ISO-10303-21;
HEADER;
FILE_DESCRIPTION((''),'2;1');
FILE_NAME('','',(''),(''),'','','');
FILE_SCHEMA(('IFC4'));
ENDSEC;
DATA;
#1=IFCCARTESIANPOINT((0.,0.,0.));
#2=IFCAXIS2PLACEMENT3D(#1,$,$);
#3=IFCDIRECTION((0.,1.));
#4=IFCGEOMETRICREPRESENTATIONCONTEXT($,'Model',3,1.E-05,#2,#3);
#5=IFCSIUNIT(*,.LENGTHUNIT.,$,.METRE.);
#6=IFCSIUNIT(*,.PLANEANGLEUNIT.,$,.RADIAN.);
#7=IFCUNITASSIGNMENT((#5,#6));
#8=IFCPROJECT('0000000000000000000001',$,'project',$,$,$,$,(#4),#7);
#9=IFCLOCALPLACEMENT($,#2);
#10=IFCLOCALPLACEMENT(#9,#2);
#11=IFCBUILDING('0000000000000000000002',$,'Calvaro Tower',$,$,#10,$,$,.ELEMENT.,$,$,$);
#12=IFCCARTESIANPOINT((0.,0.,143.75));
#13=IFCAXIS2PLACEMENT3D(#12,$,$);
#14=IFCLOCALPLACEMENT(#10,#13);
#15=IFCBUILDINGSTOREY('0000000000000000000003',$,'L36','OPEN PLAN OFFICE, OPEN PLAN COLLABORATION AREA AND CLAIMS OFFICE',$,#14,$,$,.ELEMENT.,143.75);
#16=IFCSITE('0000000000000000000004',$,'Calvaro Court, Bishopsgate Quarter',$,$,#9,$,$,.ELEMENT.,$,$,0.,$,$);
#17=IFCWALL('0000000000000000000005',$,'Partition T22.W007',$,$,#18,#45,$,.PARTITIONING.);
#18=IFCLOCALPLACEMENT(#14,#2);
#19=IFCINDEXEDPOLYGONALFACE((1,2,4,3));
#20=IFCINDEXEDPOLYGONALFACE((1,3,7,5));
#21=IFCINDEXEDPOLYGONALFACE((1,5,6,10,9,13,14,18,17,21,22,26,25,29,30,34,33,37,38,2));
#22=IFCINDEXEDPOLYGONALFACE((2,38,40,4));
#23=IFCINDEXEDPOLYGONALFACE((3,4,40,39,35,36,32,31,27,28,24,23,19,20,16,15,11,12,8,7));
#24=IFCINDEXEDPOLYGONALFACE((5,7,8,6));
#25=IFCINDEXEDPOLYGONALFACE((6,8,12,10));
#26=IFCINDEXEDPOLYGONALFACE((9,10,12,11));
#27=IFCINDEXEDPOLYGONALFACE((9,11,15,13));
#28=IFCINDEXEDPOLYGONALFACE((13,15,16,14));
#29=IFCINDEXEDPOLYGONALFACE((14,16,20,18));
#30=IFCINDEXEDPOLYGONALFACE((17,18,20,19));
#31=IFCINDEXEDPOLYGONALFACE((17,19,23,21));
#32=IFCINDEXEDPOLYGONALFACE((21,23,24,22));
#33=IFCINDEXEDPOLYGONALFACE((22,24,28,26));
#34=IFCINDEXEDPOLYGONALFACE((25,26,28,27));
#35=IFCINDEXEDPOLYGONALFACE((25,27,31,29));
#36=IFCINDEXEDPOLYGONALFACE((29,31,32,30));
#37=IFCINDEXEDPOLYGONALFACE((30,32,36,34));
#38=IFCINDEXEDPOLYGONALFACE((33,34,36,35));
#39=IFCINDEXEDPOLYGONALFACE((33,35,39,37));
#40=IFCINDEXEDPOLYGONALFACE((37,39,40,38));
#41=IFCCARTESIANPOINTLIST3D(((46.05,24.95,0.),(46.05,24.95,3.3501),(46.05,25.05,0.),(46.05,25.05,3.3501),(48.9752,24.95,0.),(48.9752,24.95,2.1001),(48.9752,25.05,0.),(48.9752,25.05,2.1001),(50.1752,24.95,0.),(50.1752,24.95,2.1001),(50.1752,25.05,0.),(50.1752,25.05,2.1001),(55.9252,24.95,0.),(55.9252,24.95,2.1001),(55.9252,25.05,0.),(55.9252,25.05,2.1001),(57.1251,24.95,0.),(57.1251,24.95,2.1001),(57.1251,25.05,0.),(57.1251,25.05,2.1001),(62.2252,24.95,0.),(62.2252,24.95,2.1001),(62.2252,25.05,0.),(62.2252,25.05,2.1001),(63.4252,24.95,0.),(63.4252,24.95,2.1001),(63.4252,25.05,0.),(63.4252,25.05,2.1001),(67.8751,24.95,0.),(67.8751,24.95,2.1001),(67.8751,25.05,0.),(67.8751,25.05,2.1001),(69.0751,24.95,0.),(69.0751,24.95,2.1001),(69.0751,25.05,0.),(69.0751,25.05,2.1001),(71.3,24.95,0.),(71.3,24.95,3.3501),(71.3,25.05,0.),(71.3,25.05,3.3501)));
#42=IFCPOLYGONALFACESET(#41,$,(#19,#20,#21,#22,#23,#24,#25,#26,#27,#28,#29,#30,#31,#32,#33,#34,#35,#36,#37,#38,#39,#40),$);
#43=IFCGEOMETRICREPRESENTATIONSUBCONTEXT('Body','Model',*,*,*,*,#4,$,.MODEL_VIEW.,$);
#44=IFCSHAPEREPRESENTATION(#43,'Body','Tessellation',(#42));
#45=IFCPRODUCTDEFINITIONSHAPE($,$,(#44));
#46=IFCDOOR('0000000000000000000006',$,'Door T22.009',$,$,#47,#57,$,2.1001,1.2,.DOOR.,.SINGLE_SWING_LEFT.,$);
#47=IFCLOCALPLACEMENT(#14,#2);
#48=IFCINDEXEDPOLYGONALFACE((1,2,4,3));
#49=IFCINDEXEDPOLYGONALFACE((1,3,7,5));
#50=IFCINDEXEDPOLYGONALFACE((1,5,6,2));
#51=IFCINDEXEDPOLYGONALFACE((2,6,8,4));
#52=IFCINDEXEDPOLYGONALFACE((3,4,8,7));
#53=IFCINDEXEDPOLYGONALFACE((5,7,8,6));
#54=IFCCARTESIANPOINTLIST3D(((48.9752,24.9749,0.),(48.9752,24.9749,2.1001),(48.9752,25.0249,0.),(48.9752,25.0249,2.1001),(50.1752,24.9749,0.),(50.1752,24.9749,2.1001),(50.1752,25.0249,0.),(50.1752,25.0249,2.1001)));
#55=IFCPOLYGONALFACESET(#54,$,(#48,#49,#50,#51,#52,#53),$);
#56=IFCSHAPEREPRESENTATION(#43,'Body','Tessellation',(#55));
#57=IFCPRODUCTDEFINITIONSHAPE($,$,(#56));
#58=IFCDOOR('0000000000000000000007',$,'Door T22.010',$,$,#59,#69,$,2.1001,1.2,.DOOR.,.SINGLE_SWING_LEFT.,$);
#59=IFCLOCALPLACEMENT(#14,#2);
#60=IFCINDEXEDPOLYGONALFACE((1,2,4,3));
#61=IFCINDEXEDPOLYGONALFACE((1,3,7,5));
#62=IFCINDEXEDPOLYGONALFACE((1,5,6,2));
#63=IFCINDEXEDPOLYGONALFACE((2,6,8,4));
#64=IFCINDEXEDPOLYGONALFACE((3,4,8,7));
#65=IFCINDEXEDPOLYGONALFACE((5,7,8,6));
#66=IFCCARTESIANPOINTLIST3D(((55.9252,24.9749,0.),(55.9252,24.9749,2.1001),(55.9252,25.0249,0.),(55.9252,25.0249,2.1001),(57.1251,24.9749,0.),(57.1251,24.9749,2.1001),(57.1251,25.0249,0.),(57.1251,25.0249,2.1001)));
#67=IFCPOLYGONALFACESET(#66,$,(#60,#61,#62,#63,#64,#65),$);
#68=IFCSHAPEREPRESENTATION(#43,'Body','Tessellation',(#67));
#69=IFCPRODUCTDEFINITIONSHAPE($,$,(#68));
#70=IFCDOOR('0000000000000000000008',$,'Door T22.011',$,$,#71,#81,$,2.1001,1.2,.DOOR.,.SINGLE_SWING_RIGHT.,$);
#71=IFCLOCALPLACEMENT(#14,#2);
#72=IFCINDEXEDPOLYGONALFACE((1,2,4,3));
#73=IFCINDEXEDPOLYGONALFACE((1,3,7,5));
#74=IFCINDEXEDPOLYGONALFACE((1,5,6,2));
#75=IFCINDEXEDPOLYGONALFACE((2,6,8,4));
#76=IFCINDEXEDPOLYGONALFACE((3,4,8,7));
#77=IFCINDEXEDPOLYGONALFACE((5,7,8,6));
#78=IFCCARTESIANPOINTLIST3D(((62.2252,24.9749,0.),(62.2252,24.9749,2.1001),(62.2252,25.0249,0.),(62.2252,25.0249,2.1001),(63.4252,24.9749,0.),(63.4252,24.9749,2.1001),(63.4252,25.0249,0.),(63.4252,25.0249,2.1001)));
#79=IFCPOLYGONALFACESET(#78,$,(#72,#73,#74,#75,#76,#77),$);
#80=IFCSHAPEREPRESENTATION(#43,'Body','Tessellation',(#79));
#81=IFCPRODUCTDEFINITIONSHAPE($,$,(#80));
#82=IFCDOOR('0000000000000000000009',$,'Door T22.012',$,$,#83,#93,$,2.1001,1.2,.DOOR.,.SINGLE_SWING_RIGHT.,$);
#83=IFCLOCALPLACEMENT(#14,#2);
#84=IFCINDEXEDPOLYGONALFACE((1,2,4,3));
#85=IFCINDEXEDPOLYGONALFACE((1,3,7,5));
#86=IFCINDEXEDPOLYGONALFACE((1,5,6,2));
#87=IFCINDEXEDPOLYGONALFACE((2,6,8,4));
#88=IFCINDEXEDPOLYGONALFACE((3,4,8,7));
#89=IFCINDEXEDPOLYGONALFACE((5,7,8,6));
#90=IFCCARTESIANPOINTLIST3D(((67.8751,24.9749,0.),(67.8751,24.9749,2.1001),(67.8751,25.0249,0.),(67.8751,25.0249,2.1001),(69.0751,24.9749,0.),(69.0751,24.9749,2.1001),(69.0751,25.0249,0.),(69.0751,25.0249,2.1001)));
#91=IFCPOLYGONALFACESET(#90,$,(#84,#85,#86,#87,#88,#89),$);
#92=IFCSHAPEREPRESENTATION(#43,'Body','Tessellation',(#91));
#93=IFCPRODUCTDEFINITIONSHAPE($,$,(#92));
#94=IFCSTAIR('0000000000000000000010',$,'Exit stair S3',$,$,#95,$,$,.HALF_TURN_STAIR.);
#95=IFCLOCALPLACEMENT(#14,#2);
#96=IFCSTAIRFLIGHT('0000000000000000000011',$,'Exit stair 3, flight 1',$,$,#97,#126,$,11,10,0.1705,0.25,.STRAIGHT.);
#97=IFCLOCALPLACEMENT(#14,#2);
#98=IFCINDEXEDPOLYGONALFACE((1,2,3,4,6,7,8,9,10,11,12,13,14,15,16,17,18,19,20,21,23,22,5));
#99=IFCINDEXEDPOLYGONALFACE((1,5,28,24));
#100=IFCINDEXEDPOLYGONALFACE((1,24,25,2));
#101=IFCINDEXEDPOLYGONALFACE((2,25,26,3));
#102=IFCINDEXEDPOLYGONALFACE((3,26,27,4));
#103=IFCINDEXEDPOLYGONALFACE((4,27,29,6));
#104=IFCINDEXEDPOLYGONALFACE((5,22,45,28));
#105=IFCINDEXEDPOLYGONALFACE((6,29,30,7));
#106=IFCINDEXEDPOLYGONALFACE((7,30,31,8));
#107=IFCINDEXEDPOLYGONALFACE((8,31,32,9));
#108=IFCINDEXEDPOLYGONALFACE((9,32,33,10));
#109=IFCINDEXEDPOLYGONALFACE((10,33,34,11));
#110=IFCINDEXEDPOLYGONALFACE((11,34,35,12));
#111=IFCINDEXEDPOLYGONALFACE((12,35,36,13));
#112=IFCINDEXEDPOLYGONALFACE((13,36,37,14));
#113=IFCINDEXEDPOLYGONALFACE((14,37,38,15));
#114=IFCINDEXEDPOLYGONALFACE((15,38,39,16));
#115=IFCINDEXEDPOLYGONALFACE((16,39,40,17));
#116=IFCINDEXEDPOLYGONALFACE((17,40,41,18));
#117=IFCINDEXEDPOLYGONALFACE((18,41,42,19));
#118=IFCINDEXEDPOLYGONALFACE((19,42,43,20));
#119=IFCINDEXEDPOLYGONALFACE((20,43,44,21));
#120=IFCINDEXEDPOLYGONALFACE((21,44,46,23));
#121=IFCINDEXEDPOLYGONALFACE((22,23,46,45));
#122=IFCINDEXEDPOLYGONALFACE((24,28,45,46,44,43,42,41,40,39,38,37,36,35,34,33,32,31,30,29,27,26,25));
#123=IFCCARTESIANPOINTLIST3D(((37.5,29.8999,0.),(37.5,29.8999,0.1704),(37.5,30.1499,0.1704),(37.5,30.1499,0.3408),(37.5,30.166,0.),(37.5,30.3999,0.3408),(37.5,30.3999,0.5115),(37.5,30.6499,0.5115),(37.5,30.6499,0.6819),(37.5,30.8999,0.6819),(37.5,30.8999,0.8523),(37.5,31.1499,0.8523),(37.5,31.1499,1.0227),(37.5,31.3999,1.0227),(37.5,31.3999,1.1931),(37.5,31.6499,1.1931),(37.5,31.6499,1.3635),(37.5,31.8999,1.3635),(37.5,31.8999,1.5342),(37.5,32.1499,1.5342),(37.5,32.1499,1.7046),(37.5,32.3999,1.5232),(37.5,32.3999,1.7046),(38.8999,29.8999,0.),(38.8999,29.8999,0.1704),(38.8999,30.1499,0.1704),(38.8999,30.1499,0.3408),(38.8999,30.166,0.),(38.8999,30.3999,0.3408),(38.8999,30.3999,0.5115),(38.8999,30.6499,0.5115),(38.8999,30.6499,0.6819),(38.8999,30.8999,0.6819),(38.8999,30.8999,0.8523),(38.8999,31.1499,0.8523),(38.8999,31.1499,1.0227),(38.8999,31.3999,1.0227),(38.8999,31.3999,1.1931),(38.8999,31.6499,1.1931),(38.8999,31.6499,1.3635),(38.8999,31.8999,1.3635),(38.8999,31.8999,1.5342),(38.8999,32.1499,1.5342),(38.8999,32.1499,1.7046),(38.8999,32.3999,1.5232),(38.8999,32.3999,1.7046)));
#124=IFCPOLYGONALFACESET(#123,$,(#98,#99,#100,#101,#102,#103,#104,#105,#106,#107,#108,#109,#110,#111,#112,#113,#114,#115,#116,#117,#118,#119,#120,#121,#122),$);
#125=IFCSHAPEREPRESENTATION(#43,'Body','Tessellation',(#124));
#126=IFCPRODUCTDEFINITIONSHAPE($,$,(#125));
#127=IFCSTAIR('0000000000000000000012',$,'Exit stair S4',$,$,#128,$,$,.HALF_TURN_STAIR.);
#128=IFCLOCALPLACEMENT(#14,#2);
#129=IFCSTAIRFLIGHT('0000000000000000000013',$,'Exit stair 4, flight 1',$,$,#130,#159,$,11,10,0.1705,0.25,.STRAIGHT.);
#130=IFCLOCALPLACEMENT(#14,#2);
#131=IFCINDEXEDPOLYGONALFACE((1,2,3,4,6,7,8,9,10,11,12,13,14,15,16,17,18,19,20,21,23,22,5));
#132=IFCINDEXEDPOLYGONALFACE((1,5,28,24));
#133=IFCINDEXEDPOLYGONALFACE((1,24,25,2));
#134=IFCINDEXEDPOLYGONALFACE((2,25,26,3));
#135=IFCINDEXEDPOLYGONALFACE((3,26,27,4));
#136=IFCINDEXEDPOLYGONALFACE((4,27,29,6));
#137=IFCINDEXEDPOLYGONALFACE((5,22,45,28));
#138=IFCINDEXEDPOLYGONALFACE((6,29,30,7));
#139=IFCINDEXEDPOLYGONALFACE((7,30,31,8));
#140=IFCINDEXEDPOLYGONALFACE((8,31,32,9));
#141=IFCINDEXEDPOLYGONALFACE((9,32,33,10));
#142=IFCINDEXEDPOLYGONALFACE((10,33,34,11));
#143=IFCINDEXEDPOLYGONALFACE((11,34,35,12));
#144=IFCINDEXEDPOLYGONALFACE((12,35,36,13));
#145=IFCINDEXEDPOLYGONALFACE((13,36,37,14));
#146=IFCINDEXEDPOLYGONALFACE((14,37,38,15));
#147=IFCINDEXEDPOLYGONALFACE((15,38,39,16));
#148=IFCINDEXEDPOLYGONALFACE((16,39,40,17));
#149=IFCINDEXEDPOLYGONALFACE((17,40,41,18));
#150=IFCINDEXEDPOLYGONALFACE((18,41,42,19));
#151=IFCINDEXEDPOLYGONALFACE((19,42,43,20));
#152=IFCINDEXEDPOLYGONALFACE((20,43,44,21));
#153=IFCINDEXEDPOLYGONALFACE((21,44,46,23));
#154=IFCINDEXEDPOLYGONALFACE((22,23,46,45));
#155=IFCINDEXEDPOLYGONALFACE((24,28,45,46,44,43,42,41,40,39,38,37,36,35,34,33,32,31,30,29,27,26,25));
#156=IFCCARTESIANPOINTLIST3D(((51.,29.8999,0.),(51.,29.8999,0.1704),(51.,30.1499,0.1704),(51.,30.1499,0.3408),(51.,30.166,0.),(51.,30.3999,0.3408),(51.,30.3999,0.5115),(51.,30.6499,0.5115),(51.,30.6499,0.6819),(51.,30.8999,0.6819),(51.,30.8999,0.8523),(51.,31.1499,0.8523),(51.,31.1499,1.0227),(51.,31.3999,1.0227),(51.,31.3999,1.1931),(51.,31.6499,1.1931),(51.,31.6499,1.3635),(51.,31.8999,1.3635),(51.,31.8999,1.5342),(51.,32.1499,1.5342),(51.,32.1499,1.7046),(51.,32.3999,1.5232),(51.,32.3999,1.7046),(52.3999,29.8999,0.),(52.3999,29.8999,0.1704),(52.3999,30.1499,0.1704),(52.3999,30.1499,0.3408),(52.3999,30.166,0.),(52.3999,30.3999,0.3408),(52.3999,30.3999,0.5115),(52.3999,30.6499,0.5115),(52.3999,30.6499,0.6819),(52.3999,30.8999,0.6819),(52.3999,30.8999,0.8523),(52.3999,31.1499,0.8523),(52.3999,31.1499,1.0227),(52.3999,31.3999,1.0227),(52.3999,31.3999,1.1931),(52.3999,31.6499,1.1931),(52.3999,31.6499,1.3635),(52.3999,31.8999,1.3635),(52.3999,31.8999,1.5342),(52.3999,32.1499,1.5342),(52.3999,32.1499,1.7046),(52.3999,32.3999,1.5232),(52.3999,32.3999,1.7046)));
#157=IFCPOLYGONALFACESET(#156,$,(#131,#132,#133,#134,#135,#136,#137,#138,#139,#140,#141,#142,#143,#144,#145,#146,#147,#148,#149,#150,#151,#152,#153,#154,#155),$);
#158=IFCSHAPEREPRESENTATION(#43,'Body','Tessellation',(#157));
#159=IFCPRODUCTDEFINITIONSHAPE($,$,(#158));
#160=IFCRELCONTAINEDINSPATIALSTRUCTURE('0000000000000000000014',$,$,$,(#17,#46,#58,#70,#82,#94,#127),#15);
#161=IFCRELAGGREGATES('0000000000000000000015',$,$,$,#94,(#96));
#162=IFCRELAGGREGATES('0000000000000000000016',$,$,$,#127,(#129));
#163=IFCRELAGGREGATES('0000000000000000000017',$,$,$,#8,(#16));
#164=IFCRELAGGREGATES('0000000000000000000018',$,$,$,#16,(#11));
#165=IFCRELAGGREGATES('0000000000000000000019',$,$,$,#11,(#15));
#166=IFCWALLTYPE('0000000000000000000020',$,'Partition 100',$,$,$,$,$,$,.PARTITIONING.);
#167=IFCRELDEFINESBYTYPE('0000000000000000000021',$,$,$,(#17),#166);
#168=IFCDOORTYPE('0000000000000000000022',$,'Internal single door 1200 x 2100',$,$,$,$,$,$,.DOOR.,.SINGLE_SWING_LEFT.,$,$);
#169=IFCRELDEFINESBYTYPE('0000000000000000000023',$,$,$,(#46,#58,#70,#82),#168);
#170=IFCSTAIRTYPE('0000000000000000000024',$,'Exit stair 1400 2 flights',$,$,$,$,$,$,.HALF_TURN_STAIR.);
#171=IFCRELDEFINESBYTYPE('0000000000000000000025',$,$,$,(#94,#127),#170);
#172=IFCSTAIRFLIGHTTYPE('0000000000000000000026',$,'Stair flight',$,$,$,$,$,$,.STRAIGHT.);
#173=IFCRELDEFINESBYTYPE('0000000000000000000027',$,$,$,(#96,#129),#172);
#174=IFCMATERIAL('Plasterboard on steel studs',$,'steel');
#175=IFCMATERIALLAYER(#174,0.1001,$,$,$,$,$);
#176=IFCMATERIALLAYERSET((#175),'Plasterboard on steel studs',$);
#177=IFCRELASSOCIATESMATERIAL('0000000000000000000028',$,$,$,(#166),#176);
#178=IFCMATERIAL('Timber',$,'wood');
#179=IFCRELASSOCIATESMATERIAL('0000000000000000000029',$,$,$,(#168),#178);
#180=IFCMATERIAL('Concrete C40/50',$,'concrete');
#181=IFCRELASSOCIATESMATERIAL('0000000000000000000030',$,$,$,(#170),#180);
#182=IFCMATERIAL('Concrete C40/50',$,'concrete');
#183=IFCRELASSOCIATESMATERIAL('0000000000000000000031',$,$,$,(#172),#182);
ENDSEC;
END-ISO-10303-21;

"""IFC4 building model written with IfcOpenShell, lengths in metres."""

from ifc_helpers import new_model, si_unit, direction, frame, frame_2d, origin, place, context, subcontext, project, spatial, polyline, rectangle, outline, extrude, material, layer, layer_set, type_object, element, fill, aggregate, save


model = new_model("IFC4")

# Units and contexts
model_context = context("Model", 3, precision=1e-05, world=origin(), true_north=direction((0.0, 1.0)))
body_context = subcontext(model_context, "Body", "Model", "MODEL_VIEW")
ifc_project = project(units=[si_unit("LENGTHUNIT", "METRE"), si_unit("PLANEANGLEUNIT", "RADIAN")], contexts=[model_context])

# Site, building, storey
site_placement = place(None, origin())
site = spatial("IfcSite", under=ifc_project, at=site_placement, Name="Calvaro Court, Bishopsgate Quarter", CompositionType="ELEMENT", RefElevation=0.0)
building_placement = place(site_placement, origin())
building = spatial("IfcBuilding", under=site, at=building_placement, Name="Calvaro Tower", CompositionType="ELEMENT")
storey_placement = place(building_placement, frame((0.0, 0.0, 143.75)))
storey = spatial("IfcBuildingStorey", under=building, at=storey_placement, Name="L36", Description="OPEN PLAN OFFICE, OPEN PLAN COLLABORATION AREA AND CLAIMS OFFICE", CompositionType="ELEMENT", Elevation=143.75)

# Shared definitions
ifc_material_1 = material(Name="Plasterboard on steel studs", Category="steel")
ifc_layer_1 = layer(ifc_material_1, 0.1001)
ifc_layer_set_1 = layer_set([ifc_layer_1], Name="Plasterboard on steel studs")
wall_type_1 = type_object("IfcWallType", Name="Partition 100", PredefinedType="PARTITIONING", material=ifc_layer_set_1)

# Wall, openings, doors
wall_1_placement = place(storey_placement, frame((46.05, 25.0, 0.0), z_axis=(0.0, 0.0, 1.0), x_axis=(1.0, 0.0, 0.0)))
wall_1 = element("IfcWall", 1, at=wall_1_placement, inside=storey, type_object=wall_type_1, Name="Partition T22.W007", PredefinedType="PARTITIONING", context=body_context, shape_type="SweptSolid", body=[
    extrude(rectangle(XDim=25.25, YDim=0.1001, at=frame_2d((12.625, 0.0))), origin(), (0.0, 0.0, 1.0), 3.3501),
])
opening_1_placement = place(wall_1_placement, frame((2.925, 0.0, 0.0)))
opening_1 = element("IfcOpeningElement", 2, at=opening_1_placement, cuts=wall_1, PredefinedType="OPENING", context=body_context, shape_type="SweptSolid", body=[
    extrude(rectangle(XDim=1.2, YDim=2.1001, at=frame_2d((0.6001, 1.05))), frame((0.0, 0.0601, 0.0), z_axis=(0.0, -1.0, 0.0), x_axis=(1.0, 0.0, 0.0)), (0.0, 0.0, 1.0), 0.1201),
])
opening_2_placement = place(wall_1_placement, frame((9.875, 0.0, 0.0)))
opening_2 = element("IfcOpeningElement", 3, at=opening_2_placement, cuts=wall_1, PredefinedType="OPENING", context=body_context, shape_type="SweptSolid", body=[
    extrude(rectangle(XDim=1.2, YDim=2.1001, at=frame_2d((0.6001, 1.05))), frame((0.0, 0.0601, 0.0), z_axis=(0.0, -1.0, 0.0), x_axis=(1.0, 0.0, 0.0)), (0.0, 0.0, 1.0), 0.1201),
])
opening_3_placement = place(wall_1_placement, frame((16.175, 0.0, 0.0)))
opening_3 = element("IfcOpeningElement", 4, at=opening_3_placement, cuts=wall_1, PredefinedType="OPENING", context=body_context, shape_type="SweptSolid", body=[
    extrude(rectangle(XDim=1.2, YDim=2.1001, at=frame_2d((0.6001, 1.05))), frame((0.0, 0.0601, 0.0), z_axis=(0.0, -1.0, 0.0), x_axis=(1.0, 0.0, 0.0)), (0.0, 0.0, 1.0), 0.1201),
])
opening_4_placement = place(wall_1_placement, frame((21.825, 0.0, 0.0)))
opening_4 = element("IfcOpeningElement", 5, at=opening_4_placement, cuts=wall_1, PredefinedType="OPENING", context=body_context, shape_type="SweptSolid", body=[
    extrude(rectangle(XDim=1.2, YDim=2.1001, at=frame_2d((0.6001, 1.05))), frame((0.0, 0.0601, 0.0), z_axis=(0.0, -1.0, 0.0), x_axis=(1.0, 0.0, 0.0)), (0.0, 0.0, 1.0), 0.1201),
])
ifc_material_2 = material(Name="Timber", Category="wood")
door_type = type_object("IfcDoorType", Name="Internal single door 1200 x 2100", OperationType="SINGLE_SWING_LEFT", PredefinedType="DOOR", material=ifc_material_2)
door_1_placement = place(opening_1_placement, origin())
door_1 = element("IfcDoor", 6, at=door_1_placement, inside=storey, type_object=door_type, Name="Door T22.009", OperationType="SINGLE_SWING_LEFT", OverallHeight=2.1001, OverallWidth=1.2, PredefinedType="DOOR", context=body_context, shape_type="SweptSolid", body=[
    extrude(rectangle(XDim=1.2, YDim=2.1001, at=frame_2d((0.6001, 1.05))), frame((0.0, 0.0249, 0.0), z_axis=(0.0, -1.0, 0.0), x_axis=(1.0, 0.0, 0.0)), (0.0, 0.0, 1.0), 0.05),
])
fill(opening_1, door_1)
door_2_placement = place(opening_2_placement, origin())
door_2 = element("IfcDoor", 7, at=door_2_placement, inside=storey, type_object=door_type, Name="Door T22.010", OperationType="SINGLE_SWING_LEFT", OverallHeight=2.1001, OverallWidth=1.2, PredefinedType="DOOR", context=body_context, shape_type="SweptSolid", body=[
    extrude(rectangle(XDim=1.2, YDim=2.1001, at=frame_2d((0.6001, 1.05))), frame((0.0, 0.0249, 0.0), z_axis=(0.0, -1.0, 0.0), x_axis=(1.0, 0.0, 0.0)), (0.0, 0.0, 1.0), 0.05),
])
fill(opening_2, door_2)
door_3_placement = place(opening_3_placement, origin())
door_3 = element("IfcDoor", 8, at=door_3_placement, inside=storey, type_object=door_type, Name="Door T22.011", OperationType="SINGLE_SWING_RIGHT", OverallHeight=2.1001, OverallWidth=1.2, PredefinedType="DOOR", context=body_context, shape_type="SweptSolid", body=[
    extrude(rectangle(XDim=1.2, YDim=2.1001, at=frame_2d((0.6001, 1.05))), frame((0.0, 0.0249, 0.0), z_axis=(0.0, -1.0, 0.0), x_axis=(1.0, 0.0, 0.0)), (0.0, 0.0, 1.0), 0.05),
])
fill(opening_3, door_3)
door_4_placement = place(opening_4_placement, origin())
door_4 = element("IfcDoor", 9, at=door_4_placement, inside=storey, type_object=door_type, Name="Door T22.012", OperationType="SINGLE_SWING_RIGHT", OverallHeight=2.1001, OverallWidth=1.2, PredefinedType="DOOR", context=body_context, shape_type="SweptSolid", body=[
    extrude(rectangle(XDim=1.2, YDim=2.1001, at=frame_2d((0.6001, 1.05))), frame((0.0, 0.0249, 0.0), z_axis=(0.0, -1.0, 0.0), x_axis=(1.0, 0.0, 0.0)), (0.0, 0.0, 1.0), 0.05),
])
fill(opening_4, door_4)

# Stairs, stair flights
ifc_material_3 = material(Name="Concrete C40/50", Category="concrete")
stair_type = type_object("IfcStairType", Name="Exit stair 1400 2 flights", PredefinedType="HALF_TURN_STAIR", material=ifc_material_3)
stair_1_placement = place(storey_placement, origin())
stair_1 = element("IfcStair", 10, at=stair_1_placement, inside=storey, type_object=stair_type, Name="Exit stair S3", PredefinedType="HALF_TURN_STAIR")
ifc_material_4 = material(Name="Concrete C40/50", Category="concrete")
stair_flight_type = type_object("IfcStairFlightType", Name="Stair flight", PredefinedType="STRAIGHT", material=ifc_material_4)
stair_flight_1_placement = place(storey_placement, frame((38.2, 29.8999, 0.0), z_axis=(0.0, 0.0, 1.0), x_axis=(0.0, 1.0, 0.0)))
stair_flight_1 = element("IfcStairFlight", 11, at=stair_flight_1_placement, type_object=stair_flight_type, Name="Exit stair 3, flight 1", NumberOfRisers=11, NumberOfTreads=10, PredefinedType="STRAIGHT", RiserHeight=0.1705, TreadLength=0.25, context=body_context, shape_type="SweptSolid", body=[
    extrude(outline(polyline([(0.0, 0.0), (0.0, 0.1704), (0.25, 0.1704), (0.25, 0.3408), (0.5, 0.3408), (0.5, 0.5115), (0.75, 0.5115), (0.75, 0.6819), (1.0, 0.6819), (1.0, 0.8523), (1.25, 0.8523), (1.25, 1.0227), (1.5, 1.0227), (1.5, 1.1931), (1.75, 1.1931), (1.75, 1.3635), (2.0, 1.3635), (2.0, 1.5342), (2.25, 1.5342), (2.25, 1.7046), (2.5, 1.7046), (2.5, 1.875), (2.5, 1.5232), (0.2661, 0.0), (0.0, 0.0)])), frame((0.0, 0.7, 0.0), z_axis=(0.0, -1.0, 0.0), x_axis=(1.0, 0.0, 0.0)), (0.0, 0.0, 1.0), 1.3999),
])
stair_2_placement = place(storey_placement, origin())
stair_2 = element("IfcStair", 12, at=stair_2_placement, inside=storey, type_object=stair_type, Name="Exit stair S4", PredefinedType="HALF_TURN_STAIR")
stair_flight_2_placement = place(storey_placement, frame((51.7, 29.8999, 0.0), z_axis=(0.0, 0.0, 1.0), x_axis=(0.0, 1.0, 0.0)))
stair_flight_2 = element("IfcStairFlight", 13, at=stair_flight_2_placement, type_object=stair_flight_type, Name="Exit stair 4, flight 1", NumberOfRisers=11, NumberOfTreads=10, PredefinedType="STRAIGHT", RiserHeight=0.1705, TreadLength=0.25, context=body_context, shape_type="SweptSolid", body=[
    extrude(outline(polyline([(0.0, 0.0), (0.0, 0.1704), (0.25, 0.1704), (0.25, 0.3408), (0.5, 0.3408), (0.5, 0.5115), (0.75, 0.5115), (0.75, 0.6819), (1.0, 0.6819), (1.0, 0.8523), (1.25, 0.8523), (1.25, 1.0227), (1.5, 1.0227), (1.5, 1.1931), (1.75, 1.1931), (1.75, 1.3635), (2.0, 1.3635), (2.0, 1.5342), (2.25, 1.5342), (2.25, 1.7046), (2.5, 1.7046), (2.5, 1.875), (2.5, 1.5232), (0.2661, 0.0), (0.0, 0.0)])), frame((0.0, 0.7, 0.0), z_axis=(0.0, -1.0, 0.0), x_axis=(1.0, 0.0, 0.0)), (0.0, 0.0, 1.0), 1.3999),
])

aggregate(stair_1, [stair_flight_1])
aggregate(stair_2, [stair_flight_2])

save(model, "model.ifc")
